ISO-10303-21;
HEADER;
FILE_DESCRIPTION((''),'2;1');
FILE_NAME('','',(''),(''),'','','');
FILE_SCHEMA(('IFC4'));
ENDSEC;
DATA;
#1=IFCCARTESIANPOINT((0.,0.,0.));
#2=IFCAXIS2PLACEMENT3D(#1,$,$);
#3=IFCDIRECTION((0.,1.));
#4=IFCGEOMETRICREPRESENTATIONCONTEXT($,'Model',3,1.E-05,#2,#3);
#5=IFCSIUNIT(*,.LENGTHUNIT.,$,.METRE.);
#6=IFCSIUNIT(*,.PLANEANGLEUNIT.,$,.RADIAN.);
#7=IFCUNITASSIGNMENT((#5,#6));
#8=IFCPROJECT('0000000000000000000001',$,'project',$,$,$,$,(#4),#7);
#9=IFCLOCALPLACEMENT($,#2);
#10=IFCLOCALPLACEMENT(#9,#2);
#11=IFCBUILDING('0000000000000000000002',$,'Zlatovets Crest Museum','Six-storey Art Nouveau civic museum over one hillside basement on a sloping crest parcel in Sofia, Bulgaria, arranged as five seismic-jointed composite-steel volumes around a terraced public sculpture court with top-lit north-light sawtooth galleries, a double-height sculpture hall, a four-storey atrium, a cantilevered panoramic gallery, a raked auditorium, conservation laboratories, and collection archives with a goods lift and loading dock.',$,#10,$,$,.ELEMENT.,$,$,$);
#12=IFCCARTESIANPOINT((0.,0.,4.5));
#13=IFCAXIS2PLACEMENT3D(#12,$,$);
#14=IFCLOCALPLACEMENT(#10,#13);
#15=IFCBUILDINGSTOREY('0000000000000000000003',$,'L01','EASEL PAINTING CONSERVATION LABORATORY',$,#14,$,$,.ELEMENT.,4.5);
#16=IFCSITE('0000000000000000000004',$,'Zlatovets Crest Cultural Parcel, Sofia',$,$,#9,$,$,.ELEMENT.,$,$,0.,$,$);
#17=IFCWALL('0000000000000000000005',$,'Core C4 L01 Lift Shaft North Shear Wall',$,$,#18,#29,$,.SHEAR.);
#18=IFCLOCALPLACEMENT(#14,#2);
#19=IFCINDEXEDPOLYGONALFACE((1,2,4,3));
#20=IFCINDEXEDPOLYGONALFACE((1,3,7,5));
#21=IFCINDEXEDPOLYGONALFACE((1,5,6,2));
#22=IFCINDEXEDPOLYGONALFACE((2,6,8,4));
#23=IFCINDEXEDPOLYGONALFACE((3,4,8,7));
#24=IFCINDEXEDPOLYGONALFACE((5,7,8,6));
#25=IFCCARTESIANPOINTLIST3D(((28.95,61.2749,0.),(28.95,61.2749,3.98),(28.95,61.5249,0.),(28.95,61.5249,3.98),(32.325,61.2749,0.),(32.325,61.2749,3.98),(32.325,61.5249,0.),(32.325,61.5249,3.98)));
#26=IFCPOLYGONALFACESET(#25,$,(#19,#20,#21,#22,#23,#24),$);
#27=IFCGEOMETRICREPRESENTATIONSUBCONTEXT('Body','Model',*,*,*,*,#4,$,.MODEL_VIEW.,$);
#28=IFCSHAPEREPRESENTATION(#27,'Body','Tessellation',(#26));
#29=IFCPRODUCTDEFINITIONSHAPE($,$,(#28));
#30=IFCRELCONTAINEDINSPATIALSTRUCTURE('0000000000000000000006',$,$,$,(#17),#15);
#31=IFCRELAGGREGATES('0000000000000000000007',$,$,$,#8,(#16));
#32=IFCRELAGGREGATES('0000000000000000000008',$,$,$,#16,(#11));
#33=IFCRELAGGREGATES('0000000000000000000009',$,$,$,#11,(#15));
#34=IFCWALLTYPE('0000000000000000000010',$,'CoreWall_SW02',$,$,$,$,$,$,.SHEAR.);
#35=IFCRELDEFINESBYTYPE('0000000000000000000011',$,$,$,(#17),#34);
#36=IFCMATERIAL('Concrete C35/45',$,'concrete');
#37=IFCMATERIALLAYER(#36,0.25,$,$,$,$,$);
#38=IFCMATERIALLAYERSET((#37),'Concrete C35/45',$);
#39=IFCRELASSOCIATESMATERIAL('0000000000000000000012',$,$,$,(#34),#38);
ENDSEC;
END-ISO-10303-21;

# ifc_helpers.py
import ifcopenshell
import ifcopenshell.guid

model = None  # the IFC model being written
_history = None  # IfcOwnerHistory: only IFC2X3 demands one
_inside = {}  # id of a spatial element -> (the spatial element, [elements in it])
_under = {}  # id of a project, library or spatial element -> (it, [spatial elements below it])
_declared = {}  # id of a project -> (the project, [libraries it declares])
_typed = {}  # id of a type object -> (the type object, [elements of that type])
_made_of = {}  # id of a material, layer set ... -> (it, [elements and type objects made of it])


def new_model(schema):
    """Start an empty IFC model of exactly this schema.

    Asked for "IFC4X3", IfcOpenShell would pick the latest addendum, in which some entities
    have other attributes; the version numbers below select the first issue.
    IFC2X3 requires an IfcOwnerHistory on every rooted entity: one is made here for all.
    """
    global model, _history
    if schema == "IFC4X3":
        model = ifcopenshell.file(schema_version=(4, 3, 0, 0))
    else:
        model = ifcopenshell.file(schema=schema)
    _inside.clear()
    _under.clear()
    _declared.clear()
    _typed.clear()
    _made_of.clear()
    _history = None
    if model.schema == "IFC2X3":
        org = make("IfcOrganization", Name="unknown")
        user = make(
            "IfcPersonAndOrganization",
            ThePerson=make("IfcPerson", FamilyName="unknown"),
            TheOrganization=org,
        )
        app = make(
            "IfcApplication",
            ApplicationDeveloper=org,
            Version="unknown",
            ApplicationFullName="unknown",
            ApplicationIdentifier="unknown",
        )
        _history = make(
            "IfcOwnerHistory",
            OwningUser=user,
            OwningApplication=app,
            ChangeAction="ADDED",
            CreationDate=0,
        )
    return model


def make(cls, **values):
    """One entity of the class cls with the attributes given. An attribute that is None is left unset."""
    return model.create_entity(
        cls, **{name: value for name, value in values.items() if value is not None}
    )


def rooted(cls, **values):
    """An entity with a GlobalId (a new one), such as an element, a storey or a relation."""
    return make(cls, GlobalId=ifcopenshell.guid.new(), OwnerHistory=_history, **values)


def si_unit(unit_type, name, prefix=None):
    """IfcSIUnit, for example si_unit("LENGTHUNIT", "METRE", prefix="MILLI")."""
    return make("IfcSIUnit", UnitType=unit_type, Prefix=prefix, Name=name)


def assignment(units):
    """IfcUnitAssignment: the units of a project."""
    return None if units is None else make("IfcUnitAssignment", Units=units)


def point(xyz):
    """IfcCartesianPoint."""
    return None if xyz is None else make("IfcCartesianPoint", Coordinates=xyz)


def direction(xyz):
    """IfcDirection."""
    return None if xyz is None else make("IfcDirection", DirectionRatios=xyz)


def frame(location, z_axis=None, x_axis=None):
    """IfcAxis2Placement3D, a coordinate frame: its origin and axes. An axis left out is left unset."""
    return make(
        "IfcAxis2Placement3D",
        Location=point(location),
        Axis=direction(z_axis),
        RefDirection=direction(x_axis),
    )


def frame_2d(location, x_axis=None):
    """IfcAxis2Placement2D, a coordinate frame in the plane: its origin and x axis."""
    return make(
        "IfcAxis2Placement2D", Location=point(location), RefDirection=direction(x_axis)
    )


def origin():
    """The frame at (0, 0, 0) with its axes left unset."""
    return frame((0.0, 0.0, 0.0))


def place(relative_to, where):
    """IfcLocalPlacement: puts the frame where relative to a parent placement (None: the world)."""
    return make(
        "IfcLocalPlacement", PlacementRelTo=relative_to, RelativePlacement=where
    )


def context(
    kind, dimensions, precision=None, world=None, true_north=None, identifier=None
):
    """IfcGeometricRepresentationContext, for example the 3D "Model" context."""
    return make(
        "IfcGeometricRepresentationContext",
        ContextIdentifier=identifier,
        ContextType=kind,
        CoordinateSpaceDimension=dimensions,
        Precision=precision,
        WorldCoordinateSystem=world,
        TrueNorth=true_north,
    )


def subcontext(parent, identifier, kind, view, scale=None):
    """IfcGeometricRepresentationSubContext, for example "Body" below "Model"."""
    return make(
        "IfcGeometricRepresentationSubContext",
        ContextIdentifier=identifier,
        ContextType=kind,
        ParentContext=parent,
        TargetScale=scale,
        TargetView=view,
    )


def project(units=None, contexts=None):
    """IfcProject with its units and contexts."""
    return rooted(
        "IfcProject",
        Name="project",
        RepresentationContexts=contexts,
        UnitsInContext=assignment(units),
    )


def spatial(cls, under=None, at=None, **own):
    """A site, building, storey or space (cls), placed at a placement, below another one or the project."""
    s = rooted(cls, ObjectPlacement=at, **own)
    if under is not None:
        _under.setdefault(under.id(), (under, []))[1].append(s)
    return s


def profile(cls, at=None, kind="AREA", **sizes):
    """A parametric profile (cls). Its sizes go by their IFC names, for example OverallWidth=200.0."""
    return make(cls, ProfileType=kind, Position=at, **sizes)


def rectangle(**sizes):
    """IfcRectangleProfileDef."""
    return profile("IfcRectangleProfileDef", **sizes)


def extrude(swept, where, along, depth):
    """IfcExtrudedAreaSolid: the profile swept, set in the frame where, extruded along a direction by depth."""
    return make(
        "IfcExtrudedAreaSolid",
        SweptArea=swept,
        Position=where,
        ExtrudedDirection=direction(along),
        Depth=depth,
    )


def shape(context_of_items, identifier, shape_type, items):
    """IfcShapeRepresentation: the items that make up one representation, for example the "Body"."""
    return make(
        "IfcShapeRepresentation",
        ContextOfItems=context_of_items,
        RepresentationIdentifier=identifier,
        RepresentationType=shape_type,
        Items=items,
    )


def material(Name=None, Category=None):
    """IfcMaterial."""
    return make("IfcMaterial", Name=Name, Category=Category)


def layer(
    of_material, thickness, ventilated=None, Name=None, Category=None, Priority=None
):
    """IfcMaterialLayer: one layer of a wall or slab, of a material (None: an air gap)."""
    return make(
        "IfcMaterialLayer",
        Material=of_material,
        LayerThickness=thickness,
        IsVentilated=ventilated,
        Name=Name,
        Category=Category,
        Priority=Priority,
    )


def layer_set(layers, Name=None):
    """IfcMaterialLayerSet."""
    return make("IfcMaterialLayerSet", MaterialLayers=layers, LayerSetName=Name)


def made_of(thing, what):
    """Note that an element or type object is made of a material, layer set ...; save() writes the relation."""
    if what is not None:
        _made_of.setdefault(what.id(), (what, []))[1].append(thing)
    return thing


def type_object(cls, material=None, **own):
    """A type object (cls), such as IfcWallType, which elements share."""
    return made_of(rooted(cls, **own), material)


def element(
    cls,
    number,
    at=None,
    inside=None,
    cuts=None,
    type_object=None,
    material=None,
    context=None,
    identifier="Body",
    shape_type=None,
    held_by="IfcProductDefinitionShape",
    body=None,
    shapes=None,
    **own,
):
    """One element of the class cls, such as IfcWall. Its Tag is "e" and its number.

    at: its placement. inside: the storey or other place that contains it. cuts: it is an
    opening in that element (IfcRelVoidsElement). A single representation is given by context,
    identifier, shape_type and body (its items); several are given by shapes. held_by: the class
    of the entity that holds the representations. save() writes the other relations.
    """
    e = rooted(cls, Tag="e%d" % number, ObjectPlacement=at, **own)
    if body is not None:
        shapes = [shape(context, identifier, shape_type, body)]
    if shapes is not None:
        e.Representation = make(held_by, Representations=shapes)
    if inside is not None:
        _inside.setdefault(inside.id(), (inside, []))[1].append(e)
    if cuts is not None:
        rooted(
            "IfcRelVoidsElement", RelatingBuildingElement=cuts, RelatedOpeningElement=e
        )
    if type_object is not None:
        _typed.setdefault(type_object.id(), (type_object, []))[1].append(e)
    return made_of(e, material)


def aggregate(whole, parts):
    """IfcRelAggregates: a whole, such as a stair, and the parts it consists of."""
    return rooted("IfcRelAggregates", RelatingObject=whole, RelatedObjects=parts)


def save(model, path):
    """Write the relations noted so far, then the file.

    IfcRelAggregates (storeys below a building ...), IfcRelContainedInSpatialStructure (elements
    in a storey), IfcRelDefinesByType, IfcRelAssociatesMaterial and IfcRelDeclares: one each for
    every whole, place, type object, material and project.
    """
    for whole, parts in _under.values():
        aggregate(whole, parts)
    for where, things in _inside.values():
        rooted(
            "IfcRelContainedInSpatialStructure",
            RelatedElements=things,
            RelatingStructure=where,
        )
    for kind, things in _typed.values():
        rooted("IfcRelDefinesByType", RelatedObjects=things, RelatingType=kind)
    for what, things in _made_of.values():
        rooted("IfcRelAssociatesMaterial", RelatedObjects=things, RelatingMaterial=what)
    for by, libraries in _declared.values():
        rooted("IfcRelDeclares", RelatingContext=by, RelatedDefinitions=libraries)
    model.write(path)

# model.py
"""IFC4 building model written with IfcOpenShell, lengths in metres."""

from ifc_helpers import new_model, si_unit, direction, frame, frame_2d, origin, place, context, subcontext, project, spatial, rectangle, extrude, material, layer, layer_set, type_object, element, save


model = new_model("IFC4")

# Units and contexts
model_context = context("Model", 3, precision=1e-05, world=origin(), true_north=direction((0.0, 1.0)))
body_context = subcontext(model_context, "Body", "Model", "MODEL_VIEW")
ifc_project = project(units=[si_unit("LENGTHUNIT", "METRE"), si_unit("PLANEANGLEUNIT", "RADIAN")], contexts=[model_context])

# Site, building, storey
site_placement = place(None, origin())
site = spatial("IfcSite", under=ifc_project, at=site_placement, Name="Zlatovets Crest Cultural Parcel, Sofia", CompositionType="ELEMENT", RefElevation=0.0)
building_placement = place(site_placement, origin())
building = spatial("IfcBuilding", under=site, at=building_placement, Name="Zlatovets Crest Museum", Description="Six-storey Art Nouveau civic museum over one hillside basement on a sloping crest parcel in Sofia, Bulgaria, arranged as five seismic-jointed composite-steel volumes around a terraced public sculpture court with top-lit north-light sawtooth galleries, a double-height sculpture hall, a four-storey atrium, a cantilevered panoramic gallery, a raked auditorium, conservation laboratories, and collection archives with a goods lift and loading dock.", CompositionType="ELEMENT")
storey_placement = place(building_placement, frame((0.0, 0.0, 4.5)))
storey = spatial("IfcBuildingStorey", under=building, at=storey_placement, Name="L01", Description="EASEL PAINTING CONSERVATION LABORATORY", CompositionType="ELEMENT", Elevation=4.5)

# Shared definitions
ifc_material_1 = material(Name="Concrete C35/45", Category="concrete")

# Shared definitions
ifc_layer_1 = layer(ifc_material_1, 0.25)
ifc_layer_set_1 = layer_set([ifc_layer_1], Name="Concrete C35/45")
wall_type_1 = type_object("IfcWallType", Name="CoreWall_SW02", PredefinedType="SHEAR", material=ifc_layer_set_1)

# Wall
wall_1_placement = place(storey_placement, frame((28.95, 61.3999, 0.0), z_axis=(0.0, 0.0, 1.0), x_axis=(1.0, 0.0, 0.0)))
element("IfcWall", 1, at=wall_1_placement, inside=storey, type_object=wall_type_1, Name="Core C4 L01 Lift Shaft North Shear Wall", PredefinedType="SHEAR", context=body_context, shape_type="SweptSolid", body=[
    extrude(rectangle(XDim=3.375, YDim=0.25, at=frame_2d((1.6875, 0.0))), origin(), (0.0, 0.0, 1.0), 3.98),
])

save(model, "model.ifc")
